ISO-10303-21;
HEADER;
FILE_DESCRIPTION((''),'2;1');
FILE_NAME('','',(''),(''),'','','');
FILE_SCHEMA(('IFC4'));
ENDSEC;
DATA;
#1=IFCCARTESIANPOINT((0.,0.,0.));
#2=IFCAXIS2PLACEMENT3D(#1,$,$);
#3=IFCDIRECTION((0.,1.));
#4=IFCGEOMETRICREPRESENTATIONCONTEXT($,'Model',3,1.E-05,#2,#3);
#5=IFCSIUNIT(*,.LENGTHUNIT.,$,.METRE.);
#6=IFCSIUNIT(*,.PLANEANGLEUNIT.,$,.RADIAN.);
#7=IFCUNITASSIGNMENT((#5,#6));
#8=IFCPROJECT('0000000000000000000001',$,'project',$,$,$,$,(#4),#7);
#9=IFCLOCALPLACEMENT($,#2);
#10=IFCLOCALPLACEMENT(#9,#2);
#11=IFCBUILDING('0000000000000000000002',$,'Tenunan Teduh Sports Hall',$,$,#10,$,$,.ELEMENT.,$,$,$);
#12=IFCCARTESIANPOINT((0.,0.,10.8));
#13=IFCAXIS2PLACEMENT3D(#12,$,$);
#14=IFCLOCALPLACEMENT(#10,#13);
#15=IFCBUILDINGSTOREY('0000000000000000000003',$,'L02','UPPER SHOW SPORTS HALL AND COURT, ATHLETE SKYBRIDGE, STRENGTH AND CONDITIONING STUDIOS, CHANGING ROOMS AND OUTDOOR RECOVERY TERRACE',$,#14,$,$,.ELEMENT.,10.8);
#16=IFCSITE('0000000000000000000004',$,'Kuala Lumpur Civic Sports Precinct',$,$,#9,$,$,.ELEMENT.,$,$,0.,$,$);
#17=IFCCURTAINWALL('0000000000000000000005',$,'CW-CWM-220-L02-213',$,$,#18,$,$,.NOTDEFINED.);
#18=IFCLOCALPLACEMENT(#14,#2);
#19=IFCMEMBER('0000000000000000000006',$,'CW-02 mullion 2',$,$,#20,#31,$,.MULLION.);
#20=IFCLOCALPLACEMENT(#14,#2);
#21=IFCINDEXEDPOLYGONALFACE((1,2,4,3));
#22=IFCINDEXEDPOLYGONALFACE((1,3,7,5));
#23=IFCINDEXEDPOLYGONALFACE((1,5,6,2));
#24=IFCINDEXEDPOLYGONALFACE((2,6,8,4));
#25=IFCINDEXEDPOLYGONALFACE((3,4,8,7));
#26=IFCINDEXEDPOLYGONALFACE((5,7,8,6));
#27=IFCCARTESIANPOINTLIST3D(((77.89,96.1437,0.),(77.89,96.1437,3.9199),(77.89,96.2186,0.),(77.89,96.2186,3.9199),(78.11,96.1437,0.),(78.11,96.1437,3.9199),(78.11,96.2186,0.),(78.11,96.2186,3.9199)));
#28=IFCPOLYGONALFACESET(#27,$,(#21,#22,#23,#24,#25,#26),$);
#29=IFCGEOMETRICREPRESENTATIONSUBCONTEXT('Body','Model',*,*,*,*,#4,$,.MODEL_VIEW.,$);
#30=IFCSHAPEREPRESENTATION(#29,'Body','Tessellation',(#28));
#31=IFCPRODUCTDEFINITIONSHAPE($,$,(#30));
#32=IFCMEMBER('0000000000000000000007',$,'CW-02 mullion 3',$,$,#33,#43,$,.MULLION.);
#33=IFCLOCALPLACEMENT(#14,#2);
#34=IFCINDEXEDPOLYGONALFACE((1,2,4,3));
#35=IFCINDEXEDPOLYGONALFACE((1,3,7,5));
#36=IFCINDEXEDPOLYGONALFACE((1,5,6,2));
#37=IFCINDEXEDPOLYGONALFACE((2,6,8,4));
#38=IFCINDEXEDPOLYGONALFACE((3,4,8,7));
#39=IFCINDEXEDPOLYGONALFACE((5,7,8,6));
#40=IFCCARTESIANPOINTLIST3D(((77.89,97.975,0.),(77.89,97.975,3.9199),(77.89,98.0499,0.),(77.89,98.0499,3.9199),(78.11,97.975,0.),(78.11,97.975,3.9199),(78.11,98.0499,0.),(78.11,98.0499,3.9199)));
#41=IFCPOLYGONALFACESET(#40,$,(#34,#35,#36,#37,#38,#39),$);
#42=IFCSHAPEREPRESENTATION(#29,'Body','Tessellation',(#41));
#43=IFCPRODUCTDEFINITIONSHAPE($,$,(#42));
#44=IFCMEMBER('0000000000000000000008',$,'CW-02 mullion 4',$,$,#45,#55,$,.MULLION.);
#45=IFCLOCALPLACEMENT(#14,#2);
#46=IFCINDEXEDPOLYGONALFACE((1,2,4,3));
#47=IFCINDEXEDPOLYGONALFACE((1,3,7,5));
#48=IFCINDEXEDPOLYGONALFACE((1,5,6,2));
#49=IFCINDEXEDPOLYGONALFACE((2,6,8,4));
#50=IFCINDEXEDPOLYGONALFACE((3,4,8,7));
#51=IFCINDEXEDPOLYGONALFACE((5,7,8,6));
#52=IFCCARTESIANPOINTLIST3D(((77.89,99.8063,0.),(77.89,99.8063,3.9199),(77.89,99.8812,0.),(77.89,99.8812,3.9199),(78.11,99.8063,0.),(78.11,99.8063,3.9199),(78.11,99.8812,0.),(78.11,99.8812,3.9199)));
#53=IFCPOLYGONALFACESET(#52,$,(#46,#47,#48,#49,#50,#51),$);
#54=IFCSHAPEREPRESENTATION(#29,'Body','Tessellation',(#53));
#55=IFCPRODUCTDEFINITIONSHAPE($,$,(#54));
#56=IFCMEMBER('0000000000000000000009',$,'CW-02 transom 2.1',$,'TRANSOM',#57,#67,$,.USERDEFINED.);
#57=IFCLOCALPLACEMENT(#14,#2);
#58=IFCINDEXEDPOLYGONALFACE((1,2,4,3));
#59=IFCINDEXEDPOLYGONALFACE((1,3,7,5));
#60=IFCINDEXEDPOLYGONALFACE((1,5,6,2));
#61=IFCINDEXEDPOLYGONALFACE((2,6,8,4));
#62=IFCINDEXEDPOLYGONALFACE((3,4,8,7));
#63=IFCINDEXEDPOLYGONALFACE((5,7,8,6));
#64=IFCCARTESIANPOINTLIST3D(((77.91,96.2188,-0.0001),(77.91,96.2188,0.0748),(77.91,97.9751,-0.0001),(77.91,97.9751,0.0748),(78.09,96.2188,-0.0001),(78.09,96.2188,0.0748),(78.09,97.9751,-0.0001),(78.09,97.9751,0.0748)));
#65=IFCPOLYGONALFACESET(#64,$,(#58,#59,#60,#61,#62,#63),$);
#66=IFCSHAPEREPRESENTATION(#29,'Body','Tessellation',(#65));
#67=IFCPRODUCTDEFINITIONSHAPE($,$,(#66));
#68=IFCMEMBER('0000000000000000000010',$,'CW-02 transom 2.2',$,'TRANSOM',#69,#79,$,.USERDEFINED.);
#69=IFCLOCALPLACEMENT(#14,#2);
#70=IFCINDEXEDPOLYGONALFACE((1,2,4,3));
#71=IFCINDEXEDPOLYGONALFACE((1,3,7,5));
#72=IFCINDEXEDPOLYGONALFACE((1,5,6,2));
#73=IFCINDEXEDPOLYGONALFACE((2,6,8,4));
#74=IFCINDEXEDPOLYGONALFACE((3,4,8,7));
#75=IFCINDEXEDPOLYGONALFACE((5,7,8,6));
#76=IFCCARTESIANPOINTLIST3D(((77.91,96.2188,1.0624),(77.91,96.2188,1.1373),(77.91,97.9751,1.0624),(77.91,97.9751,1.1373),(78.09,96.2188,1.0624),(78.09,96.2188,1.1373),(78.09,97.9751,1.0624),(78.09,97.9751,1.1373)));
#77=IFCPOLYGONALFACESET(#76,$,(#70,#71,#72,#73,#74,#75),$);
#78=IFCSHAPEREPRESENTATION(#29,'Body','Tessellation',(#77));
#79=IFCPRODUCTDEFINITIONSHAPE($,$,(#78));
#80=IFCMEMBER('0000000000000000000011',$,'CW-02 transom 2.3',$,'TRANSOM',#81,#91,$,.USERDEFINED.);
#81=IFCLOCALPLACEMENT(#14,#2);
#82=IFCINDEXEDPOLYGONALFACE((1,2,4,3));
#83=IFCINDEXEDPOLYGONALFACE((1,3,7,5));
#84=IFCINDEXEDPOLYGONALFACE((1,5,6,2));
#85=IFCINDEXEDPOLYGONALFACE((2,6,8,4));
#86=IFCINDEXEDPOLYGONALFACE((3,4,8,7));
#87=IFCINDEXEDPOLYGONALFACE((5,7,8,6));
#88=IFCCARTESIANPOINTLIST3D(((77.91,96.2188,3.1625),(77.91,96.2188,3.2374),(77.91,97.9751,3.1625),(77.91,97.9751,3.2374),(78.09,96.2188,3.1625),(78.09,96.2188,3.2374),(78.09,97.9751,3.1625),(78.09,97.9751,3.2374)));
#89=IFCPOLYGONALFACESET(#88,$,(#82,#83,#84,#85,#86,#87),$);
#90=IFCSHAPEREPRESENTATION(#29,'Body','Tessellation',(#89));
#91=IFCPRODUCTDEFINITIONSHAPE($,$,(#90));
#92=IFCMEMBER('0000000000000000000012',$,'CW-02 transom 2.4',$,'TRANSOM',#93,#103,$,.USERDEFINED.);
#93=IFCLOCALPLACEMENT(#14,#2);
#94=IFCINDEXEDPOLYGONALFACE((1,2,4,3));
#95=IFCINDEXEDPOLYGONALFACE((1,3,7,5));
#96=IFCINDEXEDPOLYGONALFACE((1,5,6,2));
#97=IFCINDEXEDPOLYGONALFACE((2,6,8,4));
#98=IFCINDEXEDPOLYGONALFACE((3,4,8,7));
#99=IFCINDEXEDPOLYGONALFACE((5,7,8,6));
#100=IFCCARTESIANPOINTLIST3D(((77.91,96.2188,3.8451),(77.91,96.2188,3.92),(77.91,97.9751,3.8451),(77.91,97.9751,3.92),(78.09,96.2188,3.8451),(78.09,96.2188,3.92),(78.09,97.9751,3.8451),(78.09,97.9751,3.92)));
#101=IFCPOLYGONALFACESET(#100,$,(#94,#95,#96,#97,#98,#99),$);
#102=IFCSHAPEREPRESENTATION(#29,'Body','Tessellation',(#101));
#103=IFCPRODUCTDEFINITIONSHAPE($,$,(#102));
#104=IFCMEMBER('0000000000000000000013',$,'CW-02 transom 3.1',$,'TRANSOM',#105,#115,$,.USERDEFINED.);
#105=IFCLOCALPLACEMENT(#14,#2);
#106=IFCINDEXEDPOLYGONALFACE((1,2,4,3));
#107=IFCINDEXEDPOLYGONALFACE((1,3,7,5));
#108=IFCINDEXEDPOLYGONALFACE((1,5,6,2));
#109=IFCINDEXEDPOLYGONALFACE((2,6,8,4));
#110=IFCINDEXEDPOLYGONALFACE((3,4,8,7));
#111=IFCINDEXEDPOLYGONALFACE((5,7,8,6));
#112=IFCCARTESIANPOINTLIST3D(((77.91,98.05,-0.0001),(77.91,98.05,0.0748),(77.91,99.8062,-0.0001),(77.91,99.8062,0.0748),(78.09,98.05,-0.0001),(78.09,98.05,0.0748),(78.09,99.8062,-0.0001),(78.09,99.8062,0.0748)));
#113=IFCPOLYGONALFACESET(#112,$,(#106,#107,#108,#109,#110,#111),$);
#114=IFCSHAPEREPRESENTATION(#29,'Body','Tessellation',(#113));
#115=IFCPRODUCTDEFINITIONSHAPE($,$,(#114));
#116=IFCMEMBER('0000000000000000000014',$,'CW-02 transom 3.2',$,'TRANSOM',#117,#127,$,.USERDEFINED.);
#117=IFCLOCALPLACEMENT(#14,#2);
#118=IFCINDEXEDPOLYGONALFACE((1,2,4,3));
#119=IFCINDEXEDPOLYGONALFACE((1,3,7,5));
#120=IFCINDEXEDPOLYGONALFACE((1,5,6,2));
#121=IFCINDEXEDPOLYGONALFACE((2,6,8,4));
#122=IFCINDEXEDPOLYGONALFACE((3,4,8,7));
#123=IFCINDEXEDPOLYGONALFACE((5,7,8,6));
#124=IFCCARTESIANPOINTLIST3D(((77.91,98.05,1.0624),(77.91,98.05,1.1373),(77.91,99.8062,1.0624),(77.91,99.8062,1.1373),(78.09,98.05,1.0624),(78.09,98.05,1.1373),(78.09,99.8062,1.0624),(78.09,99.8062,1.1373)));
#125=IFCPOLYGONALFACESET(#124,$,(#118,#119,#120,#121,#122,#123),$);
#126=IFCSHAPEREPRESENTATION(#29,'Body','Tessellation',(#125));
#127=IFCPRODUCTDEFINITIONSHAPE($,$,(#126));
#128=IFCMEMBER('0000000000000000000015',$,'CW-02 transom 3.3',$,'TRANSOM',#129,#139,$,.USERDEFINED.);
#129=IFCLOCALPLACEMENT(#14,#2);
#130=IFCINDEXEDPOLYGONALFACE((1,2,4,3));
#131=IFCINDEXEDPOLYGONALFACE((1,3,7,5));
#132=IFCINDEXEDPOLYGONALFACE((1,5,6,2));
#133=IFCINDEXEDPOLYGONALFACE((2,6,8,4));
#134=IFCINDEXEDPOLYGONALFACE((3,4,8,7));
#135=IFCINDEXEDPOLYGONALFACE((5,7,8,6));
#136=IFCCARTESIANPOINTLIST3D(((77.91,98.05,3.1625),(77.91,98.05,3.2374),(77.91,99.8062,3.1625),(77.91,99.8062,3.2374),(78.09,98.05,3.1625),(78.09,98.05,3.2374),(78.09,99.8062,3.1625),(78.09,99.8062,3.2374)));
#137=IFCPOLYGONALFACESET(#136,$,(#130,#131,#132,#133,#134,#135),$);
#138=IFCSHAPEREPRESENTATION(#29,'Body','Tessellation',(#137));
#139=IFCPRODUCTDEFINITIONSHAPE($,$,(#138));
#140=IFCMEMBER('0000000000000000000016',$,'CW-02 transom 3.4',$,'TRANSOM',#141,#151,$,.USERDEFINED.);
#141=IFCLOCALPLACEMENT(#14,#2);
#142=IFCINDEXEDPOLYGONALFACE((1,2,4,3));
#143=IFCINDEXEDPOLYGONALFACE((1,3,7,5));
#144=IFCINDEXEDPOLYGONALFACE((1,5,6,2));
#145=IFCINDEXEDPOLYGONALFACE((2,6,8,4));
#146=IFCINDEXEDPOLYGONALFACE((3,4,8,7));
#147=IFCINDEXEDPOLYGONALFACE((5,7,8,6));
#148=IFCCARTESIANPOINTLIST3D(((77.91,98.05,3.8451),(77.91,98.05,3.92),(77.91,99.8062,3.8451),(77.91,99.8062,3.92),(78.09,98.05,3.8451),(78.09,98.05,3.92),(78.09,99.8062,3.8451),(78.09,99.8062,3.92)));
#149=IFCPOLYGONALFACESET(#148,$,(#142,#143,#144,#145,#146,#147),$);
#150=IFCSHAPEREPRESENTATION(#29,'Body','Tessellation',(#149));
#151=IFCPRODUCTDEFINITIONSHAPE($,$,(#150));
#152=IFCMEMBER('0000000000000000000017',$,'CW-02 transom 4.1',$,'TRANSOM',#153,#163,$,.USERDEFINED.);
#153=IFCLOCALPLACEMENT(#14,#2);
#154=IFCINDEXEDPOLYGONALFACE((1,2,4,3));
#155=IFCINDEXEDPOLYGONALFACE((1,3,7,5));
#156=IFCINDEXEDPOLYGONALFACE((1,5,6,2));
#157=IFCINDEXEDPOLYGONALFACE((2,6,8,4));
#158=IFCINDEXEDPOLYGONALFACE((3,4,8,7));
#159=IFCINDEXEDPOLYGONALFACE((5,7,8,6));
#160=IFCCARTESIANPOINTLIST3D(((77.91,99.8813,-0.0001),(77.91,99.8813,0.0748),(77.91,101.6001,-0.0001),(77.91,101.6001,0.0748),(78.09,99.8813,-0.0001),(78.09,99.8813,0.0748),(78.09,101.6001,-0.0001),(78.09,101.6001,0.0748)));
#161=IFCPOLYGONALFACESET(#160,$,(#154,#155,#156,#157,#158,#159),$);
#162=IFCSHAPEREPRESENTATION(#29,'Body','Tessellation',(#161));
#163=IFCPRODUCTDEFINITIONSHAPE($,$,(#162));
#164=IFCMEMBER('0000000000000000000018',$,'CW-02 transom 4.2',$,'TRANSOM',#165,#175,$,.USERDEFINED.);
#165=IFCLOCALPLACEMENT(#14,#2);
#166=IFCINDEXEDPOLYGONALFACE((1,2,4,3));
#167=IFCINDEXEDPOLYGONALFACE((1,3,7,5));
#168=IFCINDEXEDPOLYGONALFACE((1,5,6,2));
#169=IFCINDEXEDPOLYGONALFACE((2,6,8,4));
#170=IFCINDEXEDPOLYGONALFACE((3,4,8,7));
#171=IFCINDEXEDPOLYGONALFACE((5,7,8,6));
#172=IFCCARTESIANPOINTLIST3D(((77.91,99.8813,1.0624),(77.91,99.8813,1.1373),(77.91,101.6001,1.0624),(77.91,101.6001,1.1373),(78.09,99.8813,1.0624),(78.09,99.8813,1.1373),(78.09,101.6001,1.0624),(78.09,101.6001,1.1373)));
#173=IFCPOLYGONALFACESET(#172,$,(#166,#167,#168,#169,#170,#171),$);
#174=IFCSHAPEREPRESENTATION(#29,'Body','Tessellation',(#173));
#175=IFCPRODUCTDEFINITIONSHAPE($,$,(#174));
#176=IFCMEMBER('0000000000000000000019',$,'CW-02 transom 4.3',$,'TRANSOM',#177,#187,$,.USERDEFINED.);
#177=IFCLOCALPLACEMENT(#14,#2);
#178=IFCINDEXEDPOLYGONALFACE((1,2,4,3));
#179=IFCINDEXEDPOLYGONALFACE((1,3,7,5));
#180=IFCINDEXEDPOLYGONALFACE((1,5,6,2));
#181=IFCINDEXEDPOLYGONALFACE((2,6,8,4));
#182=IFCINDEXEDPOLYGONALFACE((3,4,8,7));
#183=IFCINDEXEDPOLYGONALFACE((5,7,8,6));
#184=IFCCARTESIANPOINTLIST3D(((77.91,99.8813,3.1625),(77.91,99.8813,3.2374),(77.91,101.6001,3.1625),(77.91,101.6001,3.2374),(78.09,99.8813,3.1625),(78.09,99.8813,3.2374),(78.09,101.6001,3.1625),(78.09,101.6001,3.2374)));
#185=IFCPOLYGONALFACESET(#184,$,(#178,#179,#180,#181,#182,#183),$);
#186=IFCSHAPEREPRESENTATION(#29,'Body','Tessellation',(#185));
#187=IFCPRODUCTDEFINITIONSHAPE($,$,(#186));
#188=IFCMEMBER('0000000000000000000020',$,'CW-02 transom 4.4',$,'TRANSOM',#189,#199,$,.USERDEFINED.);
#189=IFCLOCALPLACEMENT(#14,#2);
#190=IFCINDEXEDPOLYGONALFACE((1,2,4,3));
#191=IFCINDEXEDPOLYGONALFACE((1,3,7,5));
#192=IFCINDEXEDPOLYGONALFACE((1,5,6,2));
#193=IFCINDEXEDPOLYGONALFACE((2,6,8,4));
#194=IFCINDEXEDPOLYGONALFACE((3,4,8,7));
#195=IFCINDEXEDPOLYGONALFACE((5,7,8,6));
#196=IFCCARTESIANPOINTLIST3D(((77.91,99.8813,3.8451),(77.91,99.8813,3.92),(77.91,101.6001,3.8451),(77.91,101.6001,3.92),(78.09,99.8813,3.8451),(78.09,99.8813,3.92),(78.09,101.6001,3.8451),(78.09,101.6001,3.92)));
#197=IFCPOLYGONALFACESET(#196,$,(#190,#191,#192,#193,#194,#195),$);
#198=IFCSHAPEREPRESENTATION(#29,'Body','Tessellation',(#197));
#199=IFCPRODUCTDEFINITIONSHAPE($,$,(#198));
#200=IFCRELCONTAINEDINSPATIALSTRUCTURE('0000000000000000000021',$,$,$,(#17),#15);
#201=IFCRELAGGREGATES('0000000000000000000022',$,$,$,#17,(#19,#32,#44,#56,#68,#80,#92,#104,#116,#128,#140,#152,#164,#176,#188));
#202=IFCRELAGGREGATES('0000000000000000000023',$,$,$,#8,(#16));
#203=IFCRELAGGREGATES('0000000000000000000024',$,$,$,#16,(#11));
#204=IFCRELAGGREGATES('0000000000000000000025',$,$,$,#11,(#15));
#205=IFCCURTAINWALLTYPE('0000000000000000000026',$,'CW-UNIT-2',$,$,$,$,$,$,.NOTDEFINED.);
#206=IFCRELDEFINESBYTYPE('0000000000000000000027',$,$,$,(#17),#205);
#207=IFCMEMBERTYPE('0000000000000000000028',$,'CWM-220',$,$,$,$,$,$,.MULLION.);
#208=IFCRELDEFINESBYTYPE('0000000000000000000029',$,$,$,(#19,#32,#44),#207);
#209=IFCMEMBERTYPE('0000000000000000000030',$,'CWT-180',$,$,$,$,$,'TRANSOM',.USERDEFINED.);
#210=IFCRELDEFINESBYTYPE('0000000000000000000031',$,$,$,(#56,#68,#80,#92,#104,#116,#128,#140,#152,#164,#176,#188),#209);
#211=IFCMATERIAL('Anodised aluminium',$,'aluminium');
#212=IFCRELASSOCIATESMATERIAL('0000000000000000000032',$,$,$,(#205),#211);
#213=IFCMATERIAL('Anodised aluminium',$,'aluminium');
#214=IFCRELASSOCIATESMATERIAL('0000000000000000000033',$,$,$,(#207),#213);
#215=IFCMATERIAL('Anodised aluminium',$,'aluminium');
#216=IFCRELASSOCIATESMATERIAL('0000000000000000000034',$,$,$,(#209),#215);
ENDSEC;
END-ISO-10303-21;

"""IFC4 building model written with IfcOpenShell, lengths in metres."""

from ifc_helpers import new_model, si_unit, direction, frame, origin, origin_2d, place, context, subcontext, project, spatial, rectangle, extrude, material, material_profile, profile_set, type_object, element, aggregate, save


model = new_model("IFC4")

# Units and contexts
model_context = context("Model", 3, precision=1e-05, world=origin(), true_north=direction((0.0, 1.0)))
body_context = subcontext(model_context, "Body", "Model", "MODEL_VIEW")
ifc_project = project(units=[si_unit("LENGTHUNIT", "METRE"), si_unit("PLANEANGLEUNIT", "RADIAN")], contexts=[model_context])

# Site, building, storey
site_placement = place(None, origin())
site = spatial("IfcSite", under=ifc_project, at=site_placement, Name="Kuala Lumpur Civic Sports Precinct", CompositionType="ELEMENT", RefElevation=0.0)
building_placement = place(site_placement, origin())
building = spatial("IfcBuilding", under=site, at=building_placement, Name="Tenunan Teduh Sports Hall", CompositionType="ELEMENT")
storey_placement = place(building_placement, frame((0.0, 0.0, 10.8)))
storey = spatial("IfcBuildingStorey", under=building, at=storey_placement, Name="L02", Description="UPPER SHOW SPORTS HALL AND COURT, ATHLETE SKYBRIDGE, STRENGTH AND CONDITIONING STUDIOS, CHANGING ROOMS AND OUTDOOR RECOVERY TERRACE", CompositionType="ELEMENT", Elevation=10.8)

# Curtain wall, members
ifc_material_1 = material(Name="Anodised aluminium", Category="aluminium")
curtain_wall_type = type_object("IfcCurtainWallType", Name="CW-UNIT-2", PredefinedType="NOTDEFINED", material=ifc_material_1)
curtain_wall_placement = place(storey_placement, origin())
curtain_wall = element("IfcCurtainWall", 1, at=curtain_wall_placement, inside=storey, type_object=curtain_wall_type, Name="CW-CWM-220-L02-213", PredefinedType="NOTDEFINED")
ifc_material_2 = material(Name="Anodised aluminium", Category="aluminium")
ifc_material_profile_1 = material_profile(ifc_material_2, rectangle(XDim=0.075, YDim=0.22, at=origin_2d()), Name="CWM 75x220")
ifc_profile_set_1 = profile_set([ifc_material_profile_1], Name="Anodised aluminium")
member_type_1 = type_object("IfcMemberType", Name="CWM-220", PredefinedType="MULLION", material=ifc_profile_set_1)
member_1_placement = place(storey_placement, frame((78.0, 96.1812, 0.0), z_axis=(0.0, 0.0, 1.0), x_axis=(0.0, 1.0, 0.0)))
member_1 = element("IfcMember", 2, at=member_1_placement, type_object=member_type_1, Name="CW-02 mullion 2", PredefinedType="MULLION", context=body_context, shape_type="SweptSolid", body=[
    extrude(rectangle(XDim=0.075, YDim=0.22, at=origin_2d()), origin(), (0.0, 0.0, 1.0), 3.9199),
])
member_2_placement = place(storey_placement, frame((78.0, 98.0125, 0.0), z_axis=(0.0, 0.0, 1.0), x_axis=(0.0, 1.0, 0.0)))
member_2 = element("IfcMember", 3, at=member_2_placement, type_object=member_type_1, Name="CW-02 mullion 3", PredefinedType="MULLION", context=body_context, shape_type="SweptSolid", body=[
    extrude(rectangle(XDim=0.075, YDim=0.22, at=origin_2d()), origin(), (0.0, 0.0, 1.0), 3.9199),
])
member_3_placement = place(storey_placement, frame((78.0, 99.8438, 0.0), z_axis=(0.0, 0.0, 1.0), x_axis=(0.0, 1.0, 0.0)))
member_3 = element("IfcMember", 4, at=member_3_placement, type_object=member_type_1, Name="CW-02 mullion 4", PredefinedType="MULLION", context=body_context, shape_type="SweptSolid", body=[
    extrude(rectangle(XDim=0.075, YDim=0.22, at=origin_2d()), origin(), (0.0, 0.0, 1.0), 3.9199),
])
ifc_material_3 = material(Name="Anodised aluminium", Category="aluminium")
ifc_material_profile_2 = material_profile(ifc_material_3, rectangle(XDim=0.075, YDim=0.1799, at=origin_2d()), Name="CWT 75x180")
ifc_profile_set_2 = profile_set([ifc_material_profile_2], Name="Anodised aluminium")
member_type_2 = type_object("IfcMemberType", Name="CWT-180", ElementType="TRANSOM", PredefinedType="USERDEFINED", material=ifc_profile_set_2)
member_4_placement = place(storey_placement, frame((78.0, 96.2188, 0.0374), z_axis=(0.0, 1.0, 0.0), x_axis=(0.0, 0.0, 1.0)))
member_4 = element("IfcMember", 5, at=member_4_placement, type_object=member_type_2, Name="CW-02 transom 2.1", ObjectType="TRANSOM", PredefinedType="USERDEFINED", context=body_context, shape_type="SweptSolid", body=[
    extrude(rectangle(XDim=0.075, YDim=0.1799, at=origin_2d()), origin(), (0.0, 0.0, 1.0), 1.7563),
])
member_5_placement = place(storey_placement, frame((78.0, 96.2188, 1.0999), z_axis=(0.0, 1.0, 0.0), x_axis=(0.0, 0.0, 1.0)))
member_5 = element("IfcMember", 6, at=member_5_placement, type_object=member_type_2, Name="CW-02 transom 2.2", ObjectType="TRANSOM", PredefinedType="USERDEFINED", context=body_context, shape_type="SweptSolid", body=[
    extrude(rectangle(XDim=0.075, YDim=0.1799, at=origin_2d()), origin(), (0.0, 0.0, 1.0), 1.7563),
])
member_6_placement = place(storey_placement, frame((78.0, 96.2188, 3.2), z_axis=(0.0, 1.0, 0.0), x_axis=(0.0, 0.0, 1.0)))
member_6 = element("IfcMember", 7, at=member_6_placement, type_object=member_type_2, Name="CW-02 transom 2.3", ObjectType="TRANSOM", PredefinedType="USERDEFINED", context=body_context, shape_type="SweptSolid", body=[
    extrude(rectangle(XDim=0.075, YDim=0.1799, at=origin_2d()), origin(), (0.0, 0.0, 1.0), 1.7563),
])
member_7_placement = place(storey_placement, frame((78.0, 96.2188, 3.8826), z_axis=(0.0, 1.0, 0.0), x_axis=(0.0, 0.0, 1.0)))
member_7 = element("IfcMember", 8, at=member_7_placement, type_object=member_type_2, Name="CW-02 transom 2.4", ObjectType="TRANSOM", PredefinedType="USERDEFINED", context=body_context, shape_type="SweptSolid", body=[
    extrude(rectangle(XDim=0.075, YDim=0.1799, at=origin_2d()), origin(), (0.0, 0.0, 1.0), 1.7563),
])
member_8_placement = place(storey_placement, frame((78.0, 98.05, 0.0374), z_axis=(0.0, 1.0, 0.0), x_axis=(0.0, 0.0, 1.0)))
member_8 = element("IfcMember", 9, at=member_8_placement, type_object=member_type_2, Name="CW-02 transom 3.1", ObjectType="TRANSOM", PredefinedType="USERDEFINED", context=body_context, shape_type="SweptSolid", body=[
    extrude(rectangle(XDim=0.075, YDim=0.1799, at=origin_2d()), origin(), (0.0, 0.0, 1.0), 1.7561),
])
member_9_placement = place(storey_placement, frame((78.0, 98.05, 1.0999), z_axis=(0.0, 1.0, 0.0), x_axis=(0.0, 0.0, 1.0)))
member_9 = element("IfcMember", 10, at=member_9_placement, type_object=member_type_2, Name="CW-02 transom 3.2", ObjectType="TRANSOM", PredefinedType="USERDEFINED", context=body_context, shape_type="SweptSolid", body=[
    extrude(rectangle(XDim=0.075, YDim=0.1799, at=origin_2d()), origin(), (0.0, 0.0, 1.0), 1.7561),
])
member_10_placement = place(storey_placement, frame((78.0, 98.05, 3.2), z_axis=(0.0, 1.0, 0.0), x_axis=(0.0, 0.0, 1.0)))
member_10 = element("IfcMember", 11, at=member_10_placement, type_object=member_type_2, Name="CW-02 transom 3.3", ObjectType="TRANSOM", PredefinedType="USERDEFINED", context=body_context, shape_type="SweptSolid", body=[
    extrude(rectangle(XDim=0.075, YDim=0.1799, at=origin_2d()), origin(), (0.0, 0.0, 1.0), 1.7561),
])
member_11_placement = place(storey_placement, frame((78.0, 98.05, 3.8826), z_axis=(0.0, 1.0, 0.0), x_axis=(0.0, 0.0, 1.0)))
member_11 = element("IfcMember", 12, at=member_11_placement, type_object=member_type_2, Name="CW-02 transom 3.4", ObjectType="TRANSOM", PredefinedType="USERDEFINED", context=body_context, shape_type="SweptSolid", body=[
    extrude(rectangle(XDim=0.075, YDim=0.1799, at=origin_2d()), origin(), (0.0, 0.0, 1.0), 1.7561),
])
member_12_placement = place(storey_placement, frame((78.0, 99.8813, 0.0374), z_axis=(0.0, 1.0, 0.0), x_axis=(0.0, 0.0, 1.0)))
member_12 = element("IfcMember", 13, at=member_12_placement, type_object=member_type_2, Name="CW-02 transom 4.1", ObjectType="TRANSOM", PredefinedType="USERDEFINED", context=body_context, shape_type="SweptSolid", body=[
    extrude(rectangle(XDim=0.075, YDim=0.1799, at=origin_2d()), origin(), (0.0, 0.0, 1.0), 1.7188),
])
member_13_placement = place(storey_placement, frame((78.0, 99.8813, 1.0999), z_axis=(0.0, 1.0, 0.0), x_axis=(0.0, 0.0, 1.0)))
member_13 = element("IfcMember", 14, at=member_13_placement, type_object=member_type_2, Name="CW-02 transom 4.2", ObjectType="TRANSOM", PredefinedType="USERDEFINED", context=body_context, shape_type="SweptSolid", body=[
    extrude(rectangle(XDim=0.075, YDim=0.1799, at=origin_2d()), origin(), (0.0, 0.0, 1.0), 1.7188),
])
member_14_placement = place(storey_placement, frame((78.0, 99.8813, 3.2), z_axis=(0.0, 1.0, 0.0), x_axis=(0.0, 0.0, 1.0)))
member_14 = element("IfcMember", 15, at=member_14_placement, type_object=member_type_2, Name="CW-02 transom 4.3", ObjectType="TRANSOM", PredefinedType="USERDEFINED", context=body_context, shape_type="SweptSolid", body=[
    extrude(rectangle(XDim=0.075, YDim=0.1799, at=origin_2d()), origin(), (0.0, 0.0, 1.0), 1.7188),
])
member_15_placement = place(storey_placement, frame((78.0, 99.8813, 3.8826), z_axis=(0.0, 1.0, 0.0), x_axis=(0.0, 0.0, 1.0)))
member_15 = element("IfcMember", 16, at=member_15_placement, type_object=member_type_2, Name="CW-02 transom 4.4", ObjectType="TRANSOM", PredefinedType="USERDEFINED", context=body_context, shape_type="SweptSolid", body=[
    extrude(rectangle(XDim=0.075, YDim=0.1799, at=origin_2d()), origin(), (0.0, 0.0, 1.0), 1.7188),
])
aggregate(curtain_wall, [member_1, member_2, member_3, member_4, member_5, member_6, member_7, member_8, member_9, member_10, member_11, member_12, member_13, member_14, member_15])

save(model, "model.ifc")
